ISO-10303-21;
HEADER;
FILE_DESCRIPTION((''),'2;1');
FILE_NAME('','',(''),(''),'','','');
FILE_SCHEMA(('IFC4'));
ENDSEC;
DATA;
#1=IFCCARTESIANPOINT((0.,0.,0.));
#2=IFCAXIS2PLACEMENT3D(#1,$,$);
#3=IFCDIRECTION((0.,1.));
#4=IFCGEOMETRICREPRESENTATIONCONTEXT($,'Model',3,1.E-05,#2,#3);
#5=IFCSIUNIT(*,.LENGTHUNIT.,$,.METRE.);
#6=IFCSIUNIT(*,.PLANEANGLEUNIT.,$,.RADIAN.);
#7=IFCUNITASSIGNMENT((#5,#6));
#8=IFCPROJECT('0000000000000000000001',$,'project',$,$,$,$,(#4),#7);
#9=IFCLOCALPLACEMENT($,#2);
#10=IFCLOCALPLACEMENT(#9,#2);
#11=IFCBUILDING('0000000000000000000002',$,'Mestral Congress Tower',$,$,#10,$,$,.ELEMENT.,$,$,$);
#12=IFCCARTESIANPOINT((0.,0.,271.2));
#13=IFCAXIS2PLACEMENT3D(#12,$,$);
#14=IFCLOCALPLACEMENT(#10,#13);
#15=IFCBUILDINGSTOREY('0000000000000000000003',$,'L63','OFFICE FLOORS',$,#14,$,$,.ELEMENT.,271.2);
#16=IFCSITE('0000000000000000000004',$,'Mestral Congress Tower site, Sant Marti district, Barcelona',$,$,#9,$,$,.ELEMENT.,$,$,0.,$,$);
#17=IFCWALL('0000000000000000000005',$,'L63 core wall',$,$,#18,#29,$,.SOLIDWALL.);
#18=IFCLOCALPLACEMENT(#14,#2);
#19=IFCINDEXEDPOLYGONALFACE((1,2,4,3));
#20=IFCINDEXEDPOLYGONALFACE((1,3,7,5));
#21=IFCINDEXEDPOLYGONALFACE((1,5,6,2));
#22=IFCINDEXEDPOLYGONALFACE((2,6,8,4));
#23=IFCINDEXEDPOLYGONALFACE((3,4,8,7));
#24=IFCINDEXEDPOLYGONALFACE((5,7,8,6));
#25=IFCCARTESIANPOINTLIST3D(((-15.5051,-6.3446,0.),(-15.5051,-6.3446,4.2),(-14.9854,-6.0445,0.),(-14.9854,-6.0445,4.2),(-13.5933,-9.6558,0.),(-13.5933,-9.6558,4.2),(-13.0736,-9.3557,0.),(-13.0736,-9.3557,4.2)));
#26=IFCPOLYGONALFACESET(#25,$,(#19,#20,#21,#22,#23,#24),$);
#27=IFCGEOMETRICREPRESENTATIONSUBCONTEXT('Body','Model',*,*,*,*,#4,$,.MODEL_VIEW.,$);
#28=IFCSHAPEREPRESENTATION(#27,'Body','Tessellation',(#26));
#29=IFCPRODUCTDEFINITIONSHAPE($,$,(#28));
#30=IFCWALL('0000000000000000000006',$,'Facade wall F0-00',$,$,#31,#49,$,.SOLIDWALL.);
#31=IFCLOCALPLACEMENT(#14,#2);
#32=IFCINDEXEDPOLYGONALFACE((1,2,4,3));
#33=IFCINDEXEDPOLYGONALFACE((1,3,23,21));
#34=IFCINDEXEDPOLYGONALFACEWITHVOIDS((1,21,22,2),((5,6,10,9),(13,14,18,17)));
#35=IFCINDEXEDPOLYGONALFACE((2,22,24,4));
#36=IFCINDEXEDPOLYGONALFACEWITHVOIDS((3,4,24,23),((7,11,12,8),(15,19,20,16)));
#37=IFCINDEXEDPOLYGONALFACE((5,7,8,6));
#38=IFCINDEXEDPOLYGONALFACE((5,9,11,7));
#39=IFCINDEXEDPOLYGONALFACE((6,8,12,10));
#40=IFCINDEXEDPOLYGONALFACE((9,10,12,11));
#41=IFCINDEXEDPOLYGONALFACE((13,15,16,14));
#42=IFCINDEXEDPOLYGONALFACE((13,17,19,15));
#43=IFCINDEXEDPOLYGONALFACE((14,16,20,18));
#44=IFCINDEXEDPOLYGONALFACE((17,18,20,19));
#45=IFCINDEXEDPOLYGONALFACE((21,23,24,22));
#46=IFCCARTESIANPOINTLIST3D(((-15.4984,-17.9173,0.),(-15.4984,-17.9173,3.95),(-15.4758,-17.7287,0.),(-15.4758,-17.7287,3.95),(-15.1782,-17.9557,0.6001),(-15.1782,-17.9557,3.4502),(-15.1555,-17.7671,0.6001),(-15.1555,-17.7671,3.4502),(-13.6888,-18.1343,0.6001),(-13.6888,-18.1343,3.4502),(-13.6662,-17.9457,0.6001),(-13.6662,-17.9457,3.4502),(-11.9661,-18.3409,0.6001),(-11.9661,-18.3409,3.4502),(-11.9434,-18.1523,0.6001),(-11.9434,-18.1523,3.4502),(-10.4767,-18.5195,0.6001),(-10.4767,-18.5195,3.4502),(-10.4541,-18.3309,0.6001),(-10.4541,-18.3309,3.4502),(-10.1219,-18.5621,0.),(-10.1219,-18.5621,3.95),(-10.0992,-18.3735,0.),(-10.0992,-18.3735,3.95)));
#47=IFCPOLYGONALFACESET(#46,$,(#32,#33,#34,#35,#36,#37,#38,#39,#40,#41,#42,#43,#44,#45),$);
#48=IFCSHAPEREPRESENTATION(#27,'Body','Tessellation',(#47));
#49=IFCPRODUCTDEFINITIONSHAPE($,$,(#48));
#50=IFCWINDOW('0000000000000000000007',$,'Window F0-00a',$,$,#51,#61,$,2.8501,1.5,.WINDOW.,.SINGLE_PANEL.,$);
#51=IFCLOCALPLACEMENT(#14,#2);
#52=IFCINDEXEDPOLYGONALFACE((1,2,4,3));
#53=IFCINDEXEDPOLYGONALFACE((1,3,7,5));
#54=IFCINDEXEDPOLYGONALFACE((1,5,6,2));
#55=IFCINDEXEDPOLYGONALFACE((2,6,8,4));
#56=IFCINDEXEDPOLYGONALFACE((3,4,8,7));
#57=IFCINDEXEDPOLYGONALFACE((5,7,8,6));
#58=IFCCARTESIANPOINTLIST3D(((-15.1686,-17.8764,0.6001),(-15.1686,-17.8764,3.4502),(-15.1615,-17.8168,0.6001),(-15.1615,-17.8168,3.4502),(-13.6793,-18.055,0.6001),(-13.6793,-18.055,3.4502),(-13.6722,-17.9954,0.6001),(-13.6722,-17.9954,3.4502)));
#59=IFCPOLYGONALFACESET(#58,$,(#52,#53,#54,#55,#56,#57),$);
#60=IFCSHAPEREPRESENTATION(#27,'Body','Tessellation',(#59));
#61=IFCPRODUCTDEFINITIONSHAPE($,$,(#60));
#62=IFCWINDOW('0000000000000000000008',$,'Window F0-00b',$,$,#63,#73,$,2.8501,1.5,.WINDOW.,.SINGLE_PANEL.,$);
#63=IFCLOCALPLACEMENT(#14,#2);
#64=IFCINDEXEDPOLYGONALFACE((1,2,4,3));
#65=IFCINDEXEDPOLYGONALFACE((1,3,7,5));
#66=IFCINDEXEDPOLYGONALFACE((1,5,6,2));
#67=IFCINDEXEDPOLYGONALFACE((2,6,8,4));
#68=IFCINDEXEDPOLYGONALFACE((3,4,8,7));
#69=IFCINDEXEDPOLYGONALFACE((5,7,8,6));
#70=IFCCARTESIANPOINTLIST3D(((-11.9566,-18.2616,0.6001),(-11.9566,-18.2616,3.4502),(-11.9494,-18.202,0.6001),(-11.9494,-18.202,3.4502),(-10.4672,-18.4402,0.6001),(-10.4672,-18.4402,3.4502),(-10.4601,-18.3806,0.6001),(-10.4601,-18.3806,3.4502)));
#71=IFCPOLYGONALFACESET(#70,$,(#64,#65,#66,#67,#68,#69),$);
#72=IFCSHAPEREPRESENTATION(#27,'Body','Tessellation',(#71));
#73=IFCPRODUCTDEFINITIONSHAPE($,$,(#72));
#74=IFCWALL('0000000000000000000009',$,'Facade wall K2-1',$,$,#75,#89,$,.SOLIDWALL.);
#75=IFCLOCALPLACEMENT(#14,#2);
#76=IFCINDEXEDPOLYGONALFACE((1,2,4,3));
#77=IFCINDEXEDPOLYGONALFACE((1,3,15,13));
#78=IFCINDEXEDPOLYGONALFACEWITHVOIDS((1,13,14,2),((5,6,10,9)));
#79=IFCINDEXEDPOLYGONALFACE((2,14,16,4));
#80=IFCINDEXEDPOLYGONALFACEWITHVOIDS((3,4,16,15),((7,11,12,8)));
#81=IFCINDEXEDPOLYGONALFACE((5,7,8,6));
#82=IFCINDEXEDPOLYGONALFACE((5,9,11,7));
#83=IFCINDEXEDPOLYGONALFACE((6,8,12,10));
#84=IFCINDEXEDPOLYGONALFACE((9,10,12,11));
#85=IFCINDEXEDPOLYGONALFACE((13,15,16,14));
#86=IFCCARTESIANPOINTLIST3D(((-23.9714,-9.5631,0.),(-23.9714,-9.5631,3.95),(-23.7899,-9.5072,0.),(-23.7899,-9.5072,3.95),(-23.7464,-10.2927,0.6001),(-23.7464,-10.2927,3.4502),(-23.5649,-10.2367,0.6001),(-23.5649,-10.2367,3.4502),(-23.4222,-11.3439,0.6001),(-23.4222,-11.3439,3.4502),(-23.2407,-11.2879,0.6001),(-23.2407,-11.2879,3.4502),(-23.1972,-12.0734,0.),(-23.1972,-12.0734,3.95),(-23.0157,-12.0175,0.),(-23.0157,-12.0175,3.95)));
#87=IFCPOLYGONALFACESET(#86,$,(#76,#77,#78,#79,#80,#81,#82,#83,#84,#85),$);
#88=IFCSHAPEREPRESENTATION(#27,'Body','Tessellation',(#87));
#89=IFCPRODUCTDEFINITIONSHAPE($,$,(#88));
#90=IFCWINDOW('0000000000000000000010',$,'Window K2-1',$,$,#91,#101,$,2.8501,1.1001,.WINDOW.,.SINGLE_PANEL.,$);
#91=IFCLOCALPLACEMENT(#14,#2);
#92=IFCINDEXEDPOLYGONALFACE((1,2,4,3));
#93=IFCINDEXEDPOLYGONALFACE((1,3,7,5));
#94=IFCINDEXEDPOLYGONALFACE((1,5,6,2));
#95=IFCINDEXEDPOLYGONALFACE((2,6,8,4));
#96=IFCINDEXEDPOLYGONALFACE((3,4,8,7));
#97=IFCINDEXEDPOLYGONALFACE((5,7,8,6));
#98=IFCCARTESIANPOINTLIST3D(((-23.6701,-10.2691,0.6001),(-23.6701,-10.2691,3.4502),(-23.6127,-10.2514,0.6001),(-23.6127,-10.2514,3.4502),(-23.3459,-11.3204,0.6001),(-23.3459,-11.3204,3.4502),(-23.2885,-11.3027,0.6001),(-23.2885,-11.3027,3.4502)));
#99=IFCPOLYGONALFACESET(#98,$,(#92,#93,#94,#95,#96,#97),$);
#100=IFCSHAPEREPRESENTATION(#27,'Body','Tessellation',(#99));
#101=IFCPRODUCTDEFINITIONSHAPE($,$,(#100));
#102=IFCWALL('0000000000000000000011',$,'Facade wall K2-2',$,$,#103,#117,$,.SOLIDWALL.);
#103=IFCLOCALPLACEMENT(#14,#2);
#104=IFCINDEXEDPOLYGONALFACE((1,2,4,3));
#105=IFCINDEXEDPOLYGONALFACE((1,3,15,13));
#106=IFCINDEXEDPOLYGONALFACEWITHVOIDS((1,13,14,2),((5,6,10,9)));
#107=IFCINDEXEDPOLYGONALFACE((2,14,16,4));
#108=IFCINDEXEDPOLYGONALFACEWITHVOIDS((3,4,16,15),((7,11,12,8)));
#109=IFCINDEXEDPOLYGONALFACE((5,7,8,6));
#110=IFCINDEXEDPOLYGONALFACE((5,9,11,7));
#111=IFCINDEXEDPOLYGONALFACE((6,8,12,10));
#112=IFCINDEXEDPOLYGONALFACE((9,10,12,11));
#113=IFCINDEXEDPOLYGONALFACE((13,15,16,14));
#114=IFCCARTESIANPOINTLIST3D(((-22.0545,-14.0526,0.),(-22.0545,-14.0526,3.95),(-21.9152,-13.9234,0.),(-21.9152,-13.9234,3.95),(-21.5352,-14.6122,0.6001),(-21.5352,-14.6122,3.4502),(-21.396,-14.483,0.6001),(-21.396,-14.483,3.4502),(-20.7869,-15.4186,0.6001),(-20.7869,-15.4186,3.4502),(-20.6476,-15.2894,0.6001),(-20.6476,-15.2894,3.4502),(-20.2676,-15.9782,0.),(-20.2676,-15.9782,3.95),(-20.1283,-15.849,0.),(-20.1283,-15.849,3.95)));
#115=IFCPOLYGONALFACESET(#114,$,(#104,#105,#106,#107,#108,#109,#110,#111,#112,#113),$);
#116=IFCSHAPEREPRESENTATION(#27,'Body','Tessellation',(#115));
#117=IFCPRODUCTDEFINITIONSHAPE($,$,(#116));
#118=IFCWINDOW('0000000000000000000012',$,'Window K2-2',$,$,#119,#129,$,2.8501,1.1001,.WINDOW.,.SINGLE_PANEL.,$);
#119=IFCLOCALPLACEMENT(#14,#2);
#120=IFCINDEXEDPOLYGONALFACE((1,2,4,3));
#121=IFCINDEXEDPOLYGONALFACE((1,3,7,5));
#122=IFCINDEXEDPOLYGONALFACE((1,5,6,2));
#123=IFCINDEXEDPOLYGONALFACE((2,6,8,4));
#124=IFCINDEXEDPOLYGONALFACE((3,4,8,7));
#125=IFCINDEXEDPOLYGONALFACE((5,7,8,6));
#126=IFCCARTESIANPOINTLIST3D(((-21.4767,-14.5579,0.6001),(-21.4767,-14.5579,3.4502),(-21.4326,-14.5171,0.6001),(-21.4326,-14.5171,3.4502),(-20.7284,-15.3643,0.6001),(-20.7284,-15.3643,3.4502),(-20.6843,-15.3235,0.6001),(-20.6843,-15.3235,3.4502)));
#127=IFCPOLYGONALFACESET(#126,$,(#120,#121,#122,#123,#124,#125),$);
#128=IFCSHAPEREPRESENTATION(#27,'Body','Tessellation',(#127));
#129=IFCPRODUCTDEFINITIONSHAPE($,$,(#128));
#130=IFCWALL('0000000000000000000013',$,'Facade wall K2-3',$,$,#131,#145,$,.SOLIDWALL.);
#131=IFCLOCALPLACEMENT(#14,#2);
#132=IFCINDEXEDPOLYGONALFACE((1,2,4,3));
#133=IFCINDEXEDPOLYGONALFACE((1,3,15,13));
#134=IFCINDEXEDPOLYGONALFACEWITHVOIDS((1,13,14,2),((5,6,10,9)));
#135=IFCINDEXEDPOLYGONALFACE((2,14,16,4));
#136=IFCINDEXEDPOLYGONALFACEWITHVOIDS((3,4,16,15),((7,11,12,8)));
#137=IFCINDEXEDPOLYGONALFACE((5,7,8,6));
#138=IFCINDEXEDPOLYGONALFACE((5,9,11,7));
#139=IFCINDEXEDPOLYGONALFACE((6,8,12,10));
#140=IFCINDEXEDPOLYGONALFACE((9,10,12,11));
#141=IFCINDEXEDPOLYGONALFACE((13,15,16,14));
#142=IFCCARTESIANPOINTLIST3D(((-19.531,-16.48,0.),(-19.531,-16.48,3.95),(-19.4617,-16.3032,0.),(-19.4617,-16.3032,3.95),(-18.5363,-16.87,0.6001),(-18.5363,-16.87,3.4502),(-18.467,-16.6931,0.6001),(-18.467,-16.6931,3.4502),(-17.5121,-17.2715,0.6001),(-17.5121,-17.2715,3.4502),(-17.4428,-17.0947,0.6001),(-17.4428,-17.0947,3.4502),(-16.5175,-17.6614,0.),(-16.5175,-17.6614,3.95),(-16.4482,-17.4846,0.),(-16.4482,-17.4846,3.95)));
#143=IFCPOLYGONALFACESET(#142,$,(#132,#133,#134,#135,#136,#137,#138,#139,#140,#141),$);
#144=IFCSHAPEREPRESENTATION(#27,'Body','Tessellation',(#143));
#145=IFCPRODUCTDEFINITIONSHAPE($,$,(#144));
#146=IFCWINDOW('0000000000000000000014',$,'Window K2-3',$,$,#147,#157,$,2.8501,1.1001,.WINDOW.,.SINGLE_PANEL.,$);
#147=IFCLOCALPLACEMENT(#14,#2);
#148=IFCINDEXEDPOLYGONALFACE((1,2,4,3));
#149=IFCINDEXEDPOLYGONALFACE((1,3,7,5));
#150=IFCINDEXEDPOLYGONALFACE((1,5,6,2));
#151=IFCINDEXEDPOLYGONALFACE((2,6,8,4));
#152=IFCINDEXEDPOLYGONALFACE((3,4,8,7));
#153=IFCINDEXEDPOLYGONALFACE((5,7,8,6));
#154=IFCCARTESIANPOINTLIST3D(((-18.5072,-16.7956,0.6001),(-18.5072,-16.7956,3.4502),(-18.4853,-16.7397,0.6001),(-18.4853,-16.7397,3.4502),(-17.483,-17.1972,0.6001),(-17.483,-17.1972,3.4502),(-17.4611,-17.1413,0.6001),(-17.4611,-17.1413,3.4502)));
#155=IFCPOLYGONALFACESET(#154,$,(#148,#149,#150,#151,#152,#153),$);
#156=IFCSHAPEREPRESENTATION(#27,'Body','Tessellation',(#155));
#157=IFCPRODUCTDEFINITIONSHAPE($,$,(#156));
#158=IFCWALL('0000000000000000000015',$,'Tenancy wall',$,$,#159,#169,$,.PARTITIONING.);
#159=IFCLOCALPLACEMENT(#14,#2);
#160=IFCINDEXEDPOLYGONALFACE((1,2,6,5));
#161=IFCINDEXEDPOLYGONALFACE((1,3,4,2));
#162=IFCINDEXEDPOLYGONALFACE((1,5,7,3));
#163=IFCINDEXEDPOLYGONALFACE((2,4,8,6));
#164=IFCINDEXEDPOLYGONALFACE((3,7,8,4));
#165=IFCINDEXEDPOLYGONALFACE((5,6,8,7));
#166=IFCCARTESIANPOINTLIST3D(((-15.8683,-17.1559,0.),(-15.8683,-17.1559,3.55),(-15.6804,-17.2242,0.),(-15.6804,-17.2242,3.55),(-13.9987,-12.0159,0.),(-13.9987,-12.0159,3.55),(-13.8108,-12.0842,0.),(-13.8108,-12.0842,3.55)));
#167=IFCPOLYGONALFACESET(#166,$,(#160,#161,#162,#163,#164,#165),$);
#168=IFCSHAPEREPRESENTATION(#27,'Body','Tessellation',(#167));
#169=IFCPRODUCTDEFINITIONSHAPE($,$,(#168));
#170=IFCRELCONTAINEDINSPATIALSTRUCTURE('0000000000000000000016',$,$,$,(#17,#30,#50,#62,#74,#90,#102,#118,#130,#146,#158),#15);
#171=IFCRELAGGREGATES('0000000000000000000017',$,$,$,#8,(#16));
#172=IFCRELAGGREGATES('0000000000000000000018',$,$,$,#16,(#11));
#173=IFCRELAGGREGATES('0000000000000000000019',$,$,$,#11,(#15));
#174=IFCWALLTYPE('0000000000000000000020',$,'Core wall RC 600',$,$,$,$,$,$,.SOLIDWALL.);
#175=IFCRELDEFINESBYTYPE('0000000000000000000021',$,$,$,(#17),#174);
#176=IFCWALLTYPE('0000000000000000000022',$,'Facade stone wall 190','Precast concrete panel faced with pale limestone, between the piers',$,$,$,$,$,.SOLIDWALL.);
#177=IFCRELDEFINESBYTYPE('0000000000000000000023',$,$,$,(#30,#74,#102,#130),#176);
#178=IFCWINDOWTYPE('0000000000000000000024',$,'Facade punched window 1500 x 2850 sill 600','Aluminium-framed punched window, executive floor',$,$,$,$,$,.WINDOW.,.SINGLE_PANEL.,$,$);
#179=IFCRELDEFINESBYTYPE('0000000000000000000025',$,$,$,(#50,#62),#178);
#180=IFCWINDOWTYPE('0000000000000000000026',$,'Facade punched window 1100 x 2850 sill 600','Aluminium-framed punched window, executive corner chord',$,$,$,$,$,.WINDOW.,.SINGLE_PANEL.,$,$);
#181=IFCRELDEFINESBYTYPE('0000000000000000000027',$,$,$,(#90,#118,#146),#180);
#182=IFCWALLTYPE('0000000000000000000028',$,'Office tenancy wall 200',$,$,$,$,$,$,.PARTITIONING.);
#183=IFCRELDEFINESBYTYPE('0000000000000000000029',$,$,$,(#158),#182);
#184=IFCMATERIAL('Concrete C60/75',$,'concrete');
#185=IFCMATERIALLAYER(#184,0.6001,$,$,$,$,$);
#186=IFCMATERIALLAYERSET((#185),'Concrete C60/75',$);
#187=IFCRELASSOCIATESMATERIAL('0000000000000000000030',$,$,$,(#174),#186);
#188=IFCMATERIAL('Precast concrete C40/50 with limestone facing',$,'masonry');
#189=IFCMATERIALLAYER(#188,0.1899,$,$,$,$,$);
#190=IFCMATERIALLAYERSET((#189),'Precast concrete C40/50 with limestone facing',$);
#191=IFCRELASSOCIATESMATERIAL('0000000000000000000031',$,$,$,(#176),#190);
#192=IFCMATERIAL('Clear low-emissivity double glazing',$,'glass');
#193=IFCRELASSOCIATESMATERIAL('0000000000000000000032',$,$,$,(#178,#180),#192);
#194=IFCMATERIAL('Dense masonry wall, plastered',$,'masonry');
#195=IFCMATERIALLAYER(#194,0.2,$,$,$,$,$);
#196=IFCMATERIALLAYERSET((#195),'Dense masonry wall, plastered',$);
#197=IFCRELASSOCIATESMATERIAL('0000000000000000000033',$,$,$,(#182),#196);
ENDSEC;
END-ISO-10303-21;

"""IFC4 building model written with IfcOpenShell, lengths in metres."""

from ifc_helpers import new_model, si_unit, direction, frame, frame_2d, origin, place, context, subcontext, project, spatial, rectangle, extrude, material, layer, layer_set, type_object, element, fill, save


model = new_model("IFC4")

# Units and contexts
model_context = context("Model", 3, precision=1e-05, world=origin(), true_north=direction((0.0, 1.0)))
body_context = subcontext(model_context, "Body", "Model", "MODEL_VIEW")
ifc_project = project(units=[si_unit("LENGTHUNIT", "METRE"), si_unit("PLANEANGLEUNIT", "RADIAN")], contexts=[model_context])

# Site, building, storey
site_placement = place(None, origin())
site = spatial("IfcSite", under=ifc_project, at=site_placement, Name="Mestral Congress Tower site, Sant Marti district, Barcelona", CompositionType="ELEMENT", RefElevation=0.0)
building_placement = place(site_placement, origin())
building = spatial("IfcBuilding", under=site, at=building_placement, Name="Mestral Congress Tower", CompositionType="ELEMENT")
storey_placement = place(building_placement, frame((0.0, 0.0, 271.2)))
storey = spatial("IfcBuildingStorey", under=building, at=storey_placement, Name="L63", Description="OFFICE FLOORS", CompositionType="ELEMENT", Elevation=271.2)

# Shared definitions
ifc_material_1 = material(Name="Concrete C60/75", Category="concrete")

# Wall
ifc_layer_1 = layer(ifc_material_1, 0.6001)
ifc_layer_set_1 = layer_set([ifc_layer_1], Name="Concrete C60/75")
wall_type_1 = type_object("IfcWallType", Name="Core wall RC 600", PredefinedType="SOLIDWALL", material=ifc_layer_set_1)
wall_1_placement = place(storey_placement, frame((-13.3335, -9.5056, 0.0), z_axis=(0.0, 0.0, 1.0), x_axis=(-0.500019, 0.866014, 0.0)))
element("IfcWall", 1, at=wall_1_placement, inside=storey, type_object=wall_type_1, Name="L63 core wall", PredefinedType="SOLIDWALL", context=body_context, shape_type="SweptSolid", body=[
    extrude(rectangle(XDim=3.8235, YDim=0.6001, at=frame_2d((1.9116, 0.0))), origin(), (0.0, 0.0, 1.0), 4.2),
])

# Wall, openings, windows
ifc_material_2 = material(Name="Precast concrete C40/50 with limestone facing", Category="masonry")
ifc_layer_2 = layer(ifc_material_2, 0.1899)
ifc_layer_set_2 = layer_set([ifc_layer_2], Name="Precast concrete C40/50 with limestone facing")
wall_type_2 = type_object("IfcWallType", Name="Facade stone wall 190", Description="Precast concrete panel faced with pale limestone, between the piers", PredefinedType="SOLIDWALL", material=ifc_layer_set_2)
wall_2_placement = place(storey_placement, frame((-15.4871, -17.823, 0.0), z_axis=(0.0, 0.0, 1.0), x_axis=(0.992886, -0.119072, 0.0)))
wall_2 = element("IfcWall", 2, at=wall_2_placement, inside=storey, type_object=wall_type_2, Name="Facade wall F0-00", PredefinedType="SOLIDWALL", context=body_context, shape_type="SweptSolid", body=[
    extrude(rectangle(XDim=5.415, YDim=0.1899, at=frame_2d((2.7075, 0.0))), origin(), (0.0, 0.0, 1.0), 3.95),
])
opening_1_placement = place(wall_2_placement, frame((0.3225, 0.0, 0.6001)))
opening_1 = element("IfcOpeningElement", 3, at=opening_1_placement, cuts=wall_2, PredefinedType="OPENING", context=body_context, shape_type="SweptSolid", body=[
    extrude(rectangle(XDim=1.5, YDim=2.8501, at=frame_2d((0.75, 1.425))), frame((0.0, 0.105, 0.0), z_axis=(0.0, -1.0, 0.0), x_axis=(1.0, 0.0, 0.0)), (0.0, 0.0, 1.0), 0.21),
])
opening_2_placement = place(wall_2_placement, frame((3.5576, 0.0, 0.6001)))
opening_2 = element("IfcOpeningElement", 4, at=opening_2_placement, cuts=wall_2, PredefinedType="OPENING", context=body_context, shape_type="SweptSolid", body=[
    extrude(rectangle(XDim=1.5, YDim=2.8501, at=frame_2d((0.75, 1.425))), frame((0.0, 0.105, 0.0), z_axis=(0.0, -1.0, 0.0), x_axis=(1.0, 0.0, 0.0)), (0.0, 0.0, 1.0), 0.21),
])
ifc_material_3 = material(Name="Clear low-emissivity double glazing", Category="glass")
window_type_1 = type_object("IfcWindowType", Name="Facade punched window 1500 x 2850 sill 600", Description="Aluminium-framed punched window, executive floor", PartitioningType="SINGLE_PANEL", PredefinedType="WINDOW", material=ifc_material_3)
window_1_placement = place(opening_1_placement, origin())
window_1 = element("IfcWindow", 5, at=window_1_placement, inside=storey, type_object=window_type_1, Name="Window F0-00a", OverallHeight=2.8501, OverallWidth=1.5, PartitioningType="SINGLE_PANEL", PredefinedType="WINDOW", context=body_context, shape_type="SweptSolid", body=[
    extrude(rectangle(XDim=1.5, YDim=2.8501, at=frame_2d((0.75, 1.425))), frame((0.0, 0.0449, 0.0), z_axis=(0.0, -1.0, 0.0), x_axis=(1.0, 0.0, 0.0)), (0.0, 0.0, 1.0), 0.0601),
])
fill(opening_1, window_1)
window_2_placement = place(opening_2_placement, origin())
window_2 = element("IfcWindow", 6, at=window_2_placement, inside=storey, type_object=window_type_1, Name="Window F0-00b", OverallHeight=2.8501, OverallWidth=1.5, PartitioningType="SINGLE_PANEL", PredefinedType="WINDOW", context=body_context, shape_type="SweptSolid", body=[
    extrude(rectangle(XDim=1.5, YDim=2.8501, at=frame_2d((0.75, 1.425))), frame((0.0, 0.0449, 0.0), z_axis=(0.0, -1.0, 0.0), x_axis=(1.0, 0.0, 0.0)), (0.0, 0.0, 1.0), 0.0601),
])
fill(opening_2, window_2)

# Walls, openings, windows
wall_3_placement = place(storey_placement, frame((-23.8806, -9.5352, 0.0), z_axis=(0.0, 0.0, 1.0), x_axis=(0.294706, -0.955588, 0.0)))
wall_3 = element("IfcWall", 7, at=wall_3_placement, inside=storey, type_object=wall_type_2, Name="Facade wall K2-1", PredefinedType="SOLIDWALL", context=body_context, shape_type="SweptSolid", body=[
    extrude(rectangle(XDim=2.627, YDim=0.1899, at=frame_2d((1.3135, 0.0))), origin(), (0.0, 0.0, 1.0), 3.95),
])
opening_3_placement = place(wall_3_placement, frame((0.7634, 0.0, 0.6001)))
opening_3 = element("IfcOpeningElement", 8, at=opening_3_placement, cuts=wall_3, PredefinedType="OPENING", context=body_context, shape_type="SweptSolid", body=[
    extrude(rectangle(XDim=1.1001, YDim=2.8501, at=frame_2d((0.55, 1.425))), frame((0.0, 0.105, 0.0), z_axis=(0.0, -1.0, 0.0), x_axis=(1.0, 0.0, 0.0)), (0.0, 0.0, 1.0), 0.21),
])
window_type_2 = type_object("IfcWindowType", Name="Facade punched window 1100 x 2850 sill 600", Description="Aluminium-framed punched window, executive corner chord", PartitioningType="SINGLE_PANEL", PredefinedType="WINDOW", material=ifc_material_3)
window_3_placement = place(opening_3_placement, origin())
window_3 = element("IfcWindow", 9, at=window_3_placement, inside=storey, type_object=window_type_2, Name="Window K2-1", OverallHeight=2.8501, OverallWidth=1.1001, PartitioningType="SINGLE_PANEL", PredefinedType="WINDOW", context=body_context, shape_type="SweptSolid", body=[
    extrude(rectangle(XDim=1.1001, YDim=2.8501, at=frame_2d((0.55, 1.425))), frame((0.0, 0.0449, 0.0), z_axis=(0.0, -1.0, 0.0), x_axis=(1.0, 0.0, 0.0)), (0.0, 0.0, 1.0), 0.0601),
])
fill(opening_3, window_3)
wall_4_placement = place(storey_placement, frame((-21.9849, -13.988, 0.0), z_axis=(0.0, 0.0, 1.0), x_axis=(0.680219, -0.733009, 0.0)))
wall_4 = element("IfcWall", 10, at=wall_4_placement, inside=storey, type_object=wall_type_2, Name="Facade wall K2-2", PredefinedType="SOLIDWALL", context=body_context, shape_type="SweptSolid", body=[
    extrude(rectangle(XDim=2.627, YDim=0.1899, at=frame_2d((1.3135, 0.0))), origin(), (0.0, 0.0, 1.0), 3.95),
])
opening_4_placement = place(wall_4_placement, frame((0.7634, 0.0, 0.6001)))
opening_4 = element("IfcOpeningElement", 11, at=opening_4_placement, cuts=wall_4, PredefinedType="OPENING", context=body_context, shape_type="SweptSolid", body=[
    extrude(rectangle(XDim=1.1001, YDim=2.8501, at=frame_2d((0.55, 1.425))), frame((0.0, 0.105, 0.0), z_axis=(0.0, -1.0, 0.0), x_axis=(1.0, 0.0, 0.0)), (0.0, 0.0, 1.0), 0.21),
])
window_4_placement = place(opening_4_placement, origin())
window_4 = element("IfcWindow", 12, at=window_4_placement, inside=storey, type_object=window_type_2, Name="Window K2-2", OverallHeight=2.8501, OverallWidth=1.1001, PartitioningType="SINGLE_PANEL", PredefinedType="WINDOW", context=body_context, shape_type="SweptSolid", body=[
    extrude(rectangle(XDim=1.1001, YDim=2.8501, at=frame_2d((0.55, 1.425))), frame((0.0, 0.0449, 0.0), z_axis=(0.0, -1.0, 0.0), x_axis=(1.0, 0.0, 0.0)), (0.0, 0.0, 1.0), 0.0601),
])
fill(opening_4, window_4)
wall_5_placement = place(storey_placement, frame((-19.4963, -16.3916, 0.0), z_axis=(0.0, 0.0, 1.0), x_axis=(0.931009, -0.364997, 0.0)))
wall_5 = element("IfcWall", 13, at=wall_5_placement, inside=storey, type_object=wall_type_2, Name="Facade wall K2-3", PredefinedType="SOLIDWALL", context=body_context, shape_type="SweptSolid", body=[
    extrude(rectangle(XDim=3.2368, YDim=0.1899, at=frame_2d((1.6184, 0.0))), origin(), (0.0, 0.0, 1.0), 3.95),
])
opening_5_placement = place(wall_5_placement, frame((1.0684, 0.0, 0.6001)))
opening_5 = element("IfcOpeningElement", 14, at=opening_5_placement, cuts=wall_5, PredefinedType="OPENING", context=body_context, shape_type="SweptSolid", body=[
    extrude(rectangle(XDim=1.1001, YDim=2.8501, at=frame_2d((0.55, 1.425))), frame((0.0, 0.105, 0.0), z_axis=(0.0, -1.0, 0.0), x_axis=(1.0, 0.0, 0.0)), (0.0, 0.0, 1.0), 0.21),
])
window_5_placement = place(opening_5_placement, origin())
window_5 = element("IfcWindow", 15, at=window_5_placement, inside=storey, type_object=window_type_2, Name="Window K2-3", OverallHeight=2.8501, OverallWidth=1.1001, PartitioningType="SINGLE_PANEL", PredefinedType="WINDOW", context=body_context, shape_type="SweptSolid", body=[
    extrude(rectangle(XDim=1.1001, YDim=2.8501, at=frame_2d((0.55, 1.425))), frame((0.0, 0.0449, 0.0), z_axis=(0.0, -1.0, 0.0), x_axis=(1.0, 0.0, 0.0)), (0.0, 0.0, 1.0), 0.0601),
])
fill(opening_5, window_5)

# Wall
ifc_material_4 = material(Name="Dense masonry wall, plastered", Category="masonry")
ifc_layer_3 = layer(ifc_material_4, 0.2)
ifc_layer_set_3 = layer_set([ifc_layer_3], Name="Dense masonry wall, plastered")
wall_type_3 = type_object("IfcWallType", Name="Office tenancy wall 200", PredefinedType="PARTITIONING", material=ifc_layer_set_3)
wall_6_placement = place(storey_placement, frame((-15.7744, -17.1902, 0.0), z_axis=(0.0, 0.0, 1.0), x_axis=(0.341822, 0.939765, 0.0)))
element("IfcWall", 16, at=wall_6_placement, inside=storey, type_object=wall_type_3, Name="Tenancy wall", PredefinedType="PARTITIONING", context=body_context, shape_type="SweptSolid", body=[
    extrude(rectangle(XDim=5.4695, YDim=0.2, at=frame_2d((2.7349, 0.0))), origin(), (0.0, 0.0, 1.0), 3.55),
])

save(model, "model.ifc")
